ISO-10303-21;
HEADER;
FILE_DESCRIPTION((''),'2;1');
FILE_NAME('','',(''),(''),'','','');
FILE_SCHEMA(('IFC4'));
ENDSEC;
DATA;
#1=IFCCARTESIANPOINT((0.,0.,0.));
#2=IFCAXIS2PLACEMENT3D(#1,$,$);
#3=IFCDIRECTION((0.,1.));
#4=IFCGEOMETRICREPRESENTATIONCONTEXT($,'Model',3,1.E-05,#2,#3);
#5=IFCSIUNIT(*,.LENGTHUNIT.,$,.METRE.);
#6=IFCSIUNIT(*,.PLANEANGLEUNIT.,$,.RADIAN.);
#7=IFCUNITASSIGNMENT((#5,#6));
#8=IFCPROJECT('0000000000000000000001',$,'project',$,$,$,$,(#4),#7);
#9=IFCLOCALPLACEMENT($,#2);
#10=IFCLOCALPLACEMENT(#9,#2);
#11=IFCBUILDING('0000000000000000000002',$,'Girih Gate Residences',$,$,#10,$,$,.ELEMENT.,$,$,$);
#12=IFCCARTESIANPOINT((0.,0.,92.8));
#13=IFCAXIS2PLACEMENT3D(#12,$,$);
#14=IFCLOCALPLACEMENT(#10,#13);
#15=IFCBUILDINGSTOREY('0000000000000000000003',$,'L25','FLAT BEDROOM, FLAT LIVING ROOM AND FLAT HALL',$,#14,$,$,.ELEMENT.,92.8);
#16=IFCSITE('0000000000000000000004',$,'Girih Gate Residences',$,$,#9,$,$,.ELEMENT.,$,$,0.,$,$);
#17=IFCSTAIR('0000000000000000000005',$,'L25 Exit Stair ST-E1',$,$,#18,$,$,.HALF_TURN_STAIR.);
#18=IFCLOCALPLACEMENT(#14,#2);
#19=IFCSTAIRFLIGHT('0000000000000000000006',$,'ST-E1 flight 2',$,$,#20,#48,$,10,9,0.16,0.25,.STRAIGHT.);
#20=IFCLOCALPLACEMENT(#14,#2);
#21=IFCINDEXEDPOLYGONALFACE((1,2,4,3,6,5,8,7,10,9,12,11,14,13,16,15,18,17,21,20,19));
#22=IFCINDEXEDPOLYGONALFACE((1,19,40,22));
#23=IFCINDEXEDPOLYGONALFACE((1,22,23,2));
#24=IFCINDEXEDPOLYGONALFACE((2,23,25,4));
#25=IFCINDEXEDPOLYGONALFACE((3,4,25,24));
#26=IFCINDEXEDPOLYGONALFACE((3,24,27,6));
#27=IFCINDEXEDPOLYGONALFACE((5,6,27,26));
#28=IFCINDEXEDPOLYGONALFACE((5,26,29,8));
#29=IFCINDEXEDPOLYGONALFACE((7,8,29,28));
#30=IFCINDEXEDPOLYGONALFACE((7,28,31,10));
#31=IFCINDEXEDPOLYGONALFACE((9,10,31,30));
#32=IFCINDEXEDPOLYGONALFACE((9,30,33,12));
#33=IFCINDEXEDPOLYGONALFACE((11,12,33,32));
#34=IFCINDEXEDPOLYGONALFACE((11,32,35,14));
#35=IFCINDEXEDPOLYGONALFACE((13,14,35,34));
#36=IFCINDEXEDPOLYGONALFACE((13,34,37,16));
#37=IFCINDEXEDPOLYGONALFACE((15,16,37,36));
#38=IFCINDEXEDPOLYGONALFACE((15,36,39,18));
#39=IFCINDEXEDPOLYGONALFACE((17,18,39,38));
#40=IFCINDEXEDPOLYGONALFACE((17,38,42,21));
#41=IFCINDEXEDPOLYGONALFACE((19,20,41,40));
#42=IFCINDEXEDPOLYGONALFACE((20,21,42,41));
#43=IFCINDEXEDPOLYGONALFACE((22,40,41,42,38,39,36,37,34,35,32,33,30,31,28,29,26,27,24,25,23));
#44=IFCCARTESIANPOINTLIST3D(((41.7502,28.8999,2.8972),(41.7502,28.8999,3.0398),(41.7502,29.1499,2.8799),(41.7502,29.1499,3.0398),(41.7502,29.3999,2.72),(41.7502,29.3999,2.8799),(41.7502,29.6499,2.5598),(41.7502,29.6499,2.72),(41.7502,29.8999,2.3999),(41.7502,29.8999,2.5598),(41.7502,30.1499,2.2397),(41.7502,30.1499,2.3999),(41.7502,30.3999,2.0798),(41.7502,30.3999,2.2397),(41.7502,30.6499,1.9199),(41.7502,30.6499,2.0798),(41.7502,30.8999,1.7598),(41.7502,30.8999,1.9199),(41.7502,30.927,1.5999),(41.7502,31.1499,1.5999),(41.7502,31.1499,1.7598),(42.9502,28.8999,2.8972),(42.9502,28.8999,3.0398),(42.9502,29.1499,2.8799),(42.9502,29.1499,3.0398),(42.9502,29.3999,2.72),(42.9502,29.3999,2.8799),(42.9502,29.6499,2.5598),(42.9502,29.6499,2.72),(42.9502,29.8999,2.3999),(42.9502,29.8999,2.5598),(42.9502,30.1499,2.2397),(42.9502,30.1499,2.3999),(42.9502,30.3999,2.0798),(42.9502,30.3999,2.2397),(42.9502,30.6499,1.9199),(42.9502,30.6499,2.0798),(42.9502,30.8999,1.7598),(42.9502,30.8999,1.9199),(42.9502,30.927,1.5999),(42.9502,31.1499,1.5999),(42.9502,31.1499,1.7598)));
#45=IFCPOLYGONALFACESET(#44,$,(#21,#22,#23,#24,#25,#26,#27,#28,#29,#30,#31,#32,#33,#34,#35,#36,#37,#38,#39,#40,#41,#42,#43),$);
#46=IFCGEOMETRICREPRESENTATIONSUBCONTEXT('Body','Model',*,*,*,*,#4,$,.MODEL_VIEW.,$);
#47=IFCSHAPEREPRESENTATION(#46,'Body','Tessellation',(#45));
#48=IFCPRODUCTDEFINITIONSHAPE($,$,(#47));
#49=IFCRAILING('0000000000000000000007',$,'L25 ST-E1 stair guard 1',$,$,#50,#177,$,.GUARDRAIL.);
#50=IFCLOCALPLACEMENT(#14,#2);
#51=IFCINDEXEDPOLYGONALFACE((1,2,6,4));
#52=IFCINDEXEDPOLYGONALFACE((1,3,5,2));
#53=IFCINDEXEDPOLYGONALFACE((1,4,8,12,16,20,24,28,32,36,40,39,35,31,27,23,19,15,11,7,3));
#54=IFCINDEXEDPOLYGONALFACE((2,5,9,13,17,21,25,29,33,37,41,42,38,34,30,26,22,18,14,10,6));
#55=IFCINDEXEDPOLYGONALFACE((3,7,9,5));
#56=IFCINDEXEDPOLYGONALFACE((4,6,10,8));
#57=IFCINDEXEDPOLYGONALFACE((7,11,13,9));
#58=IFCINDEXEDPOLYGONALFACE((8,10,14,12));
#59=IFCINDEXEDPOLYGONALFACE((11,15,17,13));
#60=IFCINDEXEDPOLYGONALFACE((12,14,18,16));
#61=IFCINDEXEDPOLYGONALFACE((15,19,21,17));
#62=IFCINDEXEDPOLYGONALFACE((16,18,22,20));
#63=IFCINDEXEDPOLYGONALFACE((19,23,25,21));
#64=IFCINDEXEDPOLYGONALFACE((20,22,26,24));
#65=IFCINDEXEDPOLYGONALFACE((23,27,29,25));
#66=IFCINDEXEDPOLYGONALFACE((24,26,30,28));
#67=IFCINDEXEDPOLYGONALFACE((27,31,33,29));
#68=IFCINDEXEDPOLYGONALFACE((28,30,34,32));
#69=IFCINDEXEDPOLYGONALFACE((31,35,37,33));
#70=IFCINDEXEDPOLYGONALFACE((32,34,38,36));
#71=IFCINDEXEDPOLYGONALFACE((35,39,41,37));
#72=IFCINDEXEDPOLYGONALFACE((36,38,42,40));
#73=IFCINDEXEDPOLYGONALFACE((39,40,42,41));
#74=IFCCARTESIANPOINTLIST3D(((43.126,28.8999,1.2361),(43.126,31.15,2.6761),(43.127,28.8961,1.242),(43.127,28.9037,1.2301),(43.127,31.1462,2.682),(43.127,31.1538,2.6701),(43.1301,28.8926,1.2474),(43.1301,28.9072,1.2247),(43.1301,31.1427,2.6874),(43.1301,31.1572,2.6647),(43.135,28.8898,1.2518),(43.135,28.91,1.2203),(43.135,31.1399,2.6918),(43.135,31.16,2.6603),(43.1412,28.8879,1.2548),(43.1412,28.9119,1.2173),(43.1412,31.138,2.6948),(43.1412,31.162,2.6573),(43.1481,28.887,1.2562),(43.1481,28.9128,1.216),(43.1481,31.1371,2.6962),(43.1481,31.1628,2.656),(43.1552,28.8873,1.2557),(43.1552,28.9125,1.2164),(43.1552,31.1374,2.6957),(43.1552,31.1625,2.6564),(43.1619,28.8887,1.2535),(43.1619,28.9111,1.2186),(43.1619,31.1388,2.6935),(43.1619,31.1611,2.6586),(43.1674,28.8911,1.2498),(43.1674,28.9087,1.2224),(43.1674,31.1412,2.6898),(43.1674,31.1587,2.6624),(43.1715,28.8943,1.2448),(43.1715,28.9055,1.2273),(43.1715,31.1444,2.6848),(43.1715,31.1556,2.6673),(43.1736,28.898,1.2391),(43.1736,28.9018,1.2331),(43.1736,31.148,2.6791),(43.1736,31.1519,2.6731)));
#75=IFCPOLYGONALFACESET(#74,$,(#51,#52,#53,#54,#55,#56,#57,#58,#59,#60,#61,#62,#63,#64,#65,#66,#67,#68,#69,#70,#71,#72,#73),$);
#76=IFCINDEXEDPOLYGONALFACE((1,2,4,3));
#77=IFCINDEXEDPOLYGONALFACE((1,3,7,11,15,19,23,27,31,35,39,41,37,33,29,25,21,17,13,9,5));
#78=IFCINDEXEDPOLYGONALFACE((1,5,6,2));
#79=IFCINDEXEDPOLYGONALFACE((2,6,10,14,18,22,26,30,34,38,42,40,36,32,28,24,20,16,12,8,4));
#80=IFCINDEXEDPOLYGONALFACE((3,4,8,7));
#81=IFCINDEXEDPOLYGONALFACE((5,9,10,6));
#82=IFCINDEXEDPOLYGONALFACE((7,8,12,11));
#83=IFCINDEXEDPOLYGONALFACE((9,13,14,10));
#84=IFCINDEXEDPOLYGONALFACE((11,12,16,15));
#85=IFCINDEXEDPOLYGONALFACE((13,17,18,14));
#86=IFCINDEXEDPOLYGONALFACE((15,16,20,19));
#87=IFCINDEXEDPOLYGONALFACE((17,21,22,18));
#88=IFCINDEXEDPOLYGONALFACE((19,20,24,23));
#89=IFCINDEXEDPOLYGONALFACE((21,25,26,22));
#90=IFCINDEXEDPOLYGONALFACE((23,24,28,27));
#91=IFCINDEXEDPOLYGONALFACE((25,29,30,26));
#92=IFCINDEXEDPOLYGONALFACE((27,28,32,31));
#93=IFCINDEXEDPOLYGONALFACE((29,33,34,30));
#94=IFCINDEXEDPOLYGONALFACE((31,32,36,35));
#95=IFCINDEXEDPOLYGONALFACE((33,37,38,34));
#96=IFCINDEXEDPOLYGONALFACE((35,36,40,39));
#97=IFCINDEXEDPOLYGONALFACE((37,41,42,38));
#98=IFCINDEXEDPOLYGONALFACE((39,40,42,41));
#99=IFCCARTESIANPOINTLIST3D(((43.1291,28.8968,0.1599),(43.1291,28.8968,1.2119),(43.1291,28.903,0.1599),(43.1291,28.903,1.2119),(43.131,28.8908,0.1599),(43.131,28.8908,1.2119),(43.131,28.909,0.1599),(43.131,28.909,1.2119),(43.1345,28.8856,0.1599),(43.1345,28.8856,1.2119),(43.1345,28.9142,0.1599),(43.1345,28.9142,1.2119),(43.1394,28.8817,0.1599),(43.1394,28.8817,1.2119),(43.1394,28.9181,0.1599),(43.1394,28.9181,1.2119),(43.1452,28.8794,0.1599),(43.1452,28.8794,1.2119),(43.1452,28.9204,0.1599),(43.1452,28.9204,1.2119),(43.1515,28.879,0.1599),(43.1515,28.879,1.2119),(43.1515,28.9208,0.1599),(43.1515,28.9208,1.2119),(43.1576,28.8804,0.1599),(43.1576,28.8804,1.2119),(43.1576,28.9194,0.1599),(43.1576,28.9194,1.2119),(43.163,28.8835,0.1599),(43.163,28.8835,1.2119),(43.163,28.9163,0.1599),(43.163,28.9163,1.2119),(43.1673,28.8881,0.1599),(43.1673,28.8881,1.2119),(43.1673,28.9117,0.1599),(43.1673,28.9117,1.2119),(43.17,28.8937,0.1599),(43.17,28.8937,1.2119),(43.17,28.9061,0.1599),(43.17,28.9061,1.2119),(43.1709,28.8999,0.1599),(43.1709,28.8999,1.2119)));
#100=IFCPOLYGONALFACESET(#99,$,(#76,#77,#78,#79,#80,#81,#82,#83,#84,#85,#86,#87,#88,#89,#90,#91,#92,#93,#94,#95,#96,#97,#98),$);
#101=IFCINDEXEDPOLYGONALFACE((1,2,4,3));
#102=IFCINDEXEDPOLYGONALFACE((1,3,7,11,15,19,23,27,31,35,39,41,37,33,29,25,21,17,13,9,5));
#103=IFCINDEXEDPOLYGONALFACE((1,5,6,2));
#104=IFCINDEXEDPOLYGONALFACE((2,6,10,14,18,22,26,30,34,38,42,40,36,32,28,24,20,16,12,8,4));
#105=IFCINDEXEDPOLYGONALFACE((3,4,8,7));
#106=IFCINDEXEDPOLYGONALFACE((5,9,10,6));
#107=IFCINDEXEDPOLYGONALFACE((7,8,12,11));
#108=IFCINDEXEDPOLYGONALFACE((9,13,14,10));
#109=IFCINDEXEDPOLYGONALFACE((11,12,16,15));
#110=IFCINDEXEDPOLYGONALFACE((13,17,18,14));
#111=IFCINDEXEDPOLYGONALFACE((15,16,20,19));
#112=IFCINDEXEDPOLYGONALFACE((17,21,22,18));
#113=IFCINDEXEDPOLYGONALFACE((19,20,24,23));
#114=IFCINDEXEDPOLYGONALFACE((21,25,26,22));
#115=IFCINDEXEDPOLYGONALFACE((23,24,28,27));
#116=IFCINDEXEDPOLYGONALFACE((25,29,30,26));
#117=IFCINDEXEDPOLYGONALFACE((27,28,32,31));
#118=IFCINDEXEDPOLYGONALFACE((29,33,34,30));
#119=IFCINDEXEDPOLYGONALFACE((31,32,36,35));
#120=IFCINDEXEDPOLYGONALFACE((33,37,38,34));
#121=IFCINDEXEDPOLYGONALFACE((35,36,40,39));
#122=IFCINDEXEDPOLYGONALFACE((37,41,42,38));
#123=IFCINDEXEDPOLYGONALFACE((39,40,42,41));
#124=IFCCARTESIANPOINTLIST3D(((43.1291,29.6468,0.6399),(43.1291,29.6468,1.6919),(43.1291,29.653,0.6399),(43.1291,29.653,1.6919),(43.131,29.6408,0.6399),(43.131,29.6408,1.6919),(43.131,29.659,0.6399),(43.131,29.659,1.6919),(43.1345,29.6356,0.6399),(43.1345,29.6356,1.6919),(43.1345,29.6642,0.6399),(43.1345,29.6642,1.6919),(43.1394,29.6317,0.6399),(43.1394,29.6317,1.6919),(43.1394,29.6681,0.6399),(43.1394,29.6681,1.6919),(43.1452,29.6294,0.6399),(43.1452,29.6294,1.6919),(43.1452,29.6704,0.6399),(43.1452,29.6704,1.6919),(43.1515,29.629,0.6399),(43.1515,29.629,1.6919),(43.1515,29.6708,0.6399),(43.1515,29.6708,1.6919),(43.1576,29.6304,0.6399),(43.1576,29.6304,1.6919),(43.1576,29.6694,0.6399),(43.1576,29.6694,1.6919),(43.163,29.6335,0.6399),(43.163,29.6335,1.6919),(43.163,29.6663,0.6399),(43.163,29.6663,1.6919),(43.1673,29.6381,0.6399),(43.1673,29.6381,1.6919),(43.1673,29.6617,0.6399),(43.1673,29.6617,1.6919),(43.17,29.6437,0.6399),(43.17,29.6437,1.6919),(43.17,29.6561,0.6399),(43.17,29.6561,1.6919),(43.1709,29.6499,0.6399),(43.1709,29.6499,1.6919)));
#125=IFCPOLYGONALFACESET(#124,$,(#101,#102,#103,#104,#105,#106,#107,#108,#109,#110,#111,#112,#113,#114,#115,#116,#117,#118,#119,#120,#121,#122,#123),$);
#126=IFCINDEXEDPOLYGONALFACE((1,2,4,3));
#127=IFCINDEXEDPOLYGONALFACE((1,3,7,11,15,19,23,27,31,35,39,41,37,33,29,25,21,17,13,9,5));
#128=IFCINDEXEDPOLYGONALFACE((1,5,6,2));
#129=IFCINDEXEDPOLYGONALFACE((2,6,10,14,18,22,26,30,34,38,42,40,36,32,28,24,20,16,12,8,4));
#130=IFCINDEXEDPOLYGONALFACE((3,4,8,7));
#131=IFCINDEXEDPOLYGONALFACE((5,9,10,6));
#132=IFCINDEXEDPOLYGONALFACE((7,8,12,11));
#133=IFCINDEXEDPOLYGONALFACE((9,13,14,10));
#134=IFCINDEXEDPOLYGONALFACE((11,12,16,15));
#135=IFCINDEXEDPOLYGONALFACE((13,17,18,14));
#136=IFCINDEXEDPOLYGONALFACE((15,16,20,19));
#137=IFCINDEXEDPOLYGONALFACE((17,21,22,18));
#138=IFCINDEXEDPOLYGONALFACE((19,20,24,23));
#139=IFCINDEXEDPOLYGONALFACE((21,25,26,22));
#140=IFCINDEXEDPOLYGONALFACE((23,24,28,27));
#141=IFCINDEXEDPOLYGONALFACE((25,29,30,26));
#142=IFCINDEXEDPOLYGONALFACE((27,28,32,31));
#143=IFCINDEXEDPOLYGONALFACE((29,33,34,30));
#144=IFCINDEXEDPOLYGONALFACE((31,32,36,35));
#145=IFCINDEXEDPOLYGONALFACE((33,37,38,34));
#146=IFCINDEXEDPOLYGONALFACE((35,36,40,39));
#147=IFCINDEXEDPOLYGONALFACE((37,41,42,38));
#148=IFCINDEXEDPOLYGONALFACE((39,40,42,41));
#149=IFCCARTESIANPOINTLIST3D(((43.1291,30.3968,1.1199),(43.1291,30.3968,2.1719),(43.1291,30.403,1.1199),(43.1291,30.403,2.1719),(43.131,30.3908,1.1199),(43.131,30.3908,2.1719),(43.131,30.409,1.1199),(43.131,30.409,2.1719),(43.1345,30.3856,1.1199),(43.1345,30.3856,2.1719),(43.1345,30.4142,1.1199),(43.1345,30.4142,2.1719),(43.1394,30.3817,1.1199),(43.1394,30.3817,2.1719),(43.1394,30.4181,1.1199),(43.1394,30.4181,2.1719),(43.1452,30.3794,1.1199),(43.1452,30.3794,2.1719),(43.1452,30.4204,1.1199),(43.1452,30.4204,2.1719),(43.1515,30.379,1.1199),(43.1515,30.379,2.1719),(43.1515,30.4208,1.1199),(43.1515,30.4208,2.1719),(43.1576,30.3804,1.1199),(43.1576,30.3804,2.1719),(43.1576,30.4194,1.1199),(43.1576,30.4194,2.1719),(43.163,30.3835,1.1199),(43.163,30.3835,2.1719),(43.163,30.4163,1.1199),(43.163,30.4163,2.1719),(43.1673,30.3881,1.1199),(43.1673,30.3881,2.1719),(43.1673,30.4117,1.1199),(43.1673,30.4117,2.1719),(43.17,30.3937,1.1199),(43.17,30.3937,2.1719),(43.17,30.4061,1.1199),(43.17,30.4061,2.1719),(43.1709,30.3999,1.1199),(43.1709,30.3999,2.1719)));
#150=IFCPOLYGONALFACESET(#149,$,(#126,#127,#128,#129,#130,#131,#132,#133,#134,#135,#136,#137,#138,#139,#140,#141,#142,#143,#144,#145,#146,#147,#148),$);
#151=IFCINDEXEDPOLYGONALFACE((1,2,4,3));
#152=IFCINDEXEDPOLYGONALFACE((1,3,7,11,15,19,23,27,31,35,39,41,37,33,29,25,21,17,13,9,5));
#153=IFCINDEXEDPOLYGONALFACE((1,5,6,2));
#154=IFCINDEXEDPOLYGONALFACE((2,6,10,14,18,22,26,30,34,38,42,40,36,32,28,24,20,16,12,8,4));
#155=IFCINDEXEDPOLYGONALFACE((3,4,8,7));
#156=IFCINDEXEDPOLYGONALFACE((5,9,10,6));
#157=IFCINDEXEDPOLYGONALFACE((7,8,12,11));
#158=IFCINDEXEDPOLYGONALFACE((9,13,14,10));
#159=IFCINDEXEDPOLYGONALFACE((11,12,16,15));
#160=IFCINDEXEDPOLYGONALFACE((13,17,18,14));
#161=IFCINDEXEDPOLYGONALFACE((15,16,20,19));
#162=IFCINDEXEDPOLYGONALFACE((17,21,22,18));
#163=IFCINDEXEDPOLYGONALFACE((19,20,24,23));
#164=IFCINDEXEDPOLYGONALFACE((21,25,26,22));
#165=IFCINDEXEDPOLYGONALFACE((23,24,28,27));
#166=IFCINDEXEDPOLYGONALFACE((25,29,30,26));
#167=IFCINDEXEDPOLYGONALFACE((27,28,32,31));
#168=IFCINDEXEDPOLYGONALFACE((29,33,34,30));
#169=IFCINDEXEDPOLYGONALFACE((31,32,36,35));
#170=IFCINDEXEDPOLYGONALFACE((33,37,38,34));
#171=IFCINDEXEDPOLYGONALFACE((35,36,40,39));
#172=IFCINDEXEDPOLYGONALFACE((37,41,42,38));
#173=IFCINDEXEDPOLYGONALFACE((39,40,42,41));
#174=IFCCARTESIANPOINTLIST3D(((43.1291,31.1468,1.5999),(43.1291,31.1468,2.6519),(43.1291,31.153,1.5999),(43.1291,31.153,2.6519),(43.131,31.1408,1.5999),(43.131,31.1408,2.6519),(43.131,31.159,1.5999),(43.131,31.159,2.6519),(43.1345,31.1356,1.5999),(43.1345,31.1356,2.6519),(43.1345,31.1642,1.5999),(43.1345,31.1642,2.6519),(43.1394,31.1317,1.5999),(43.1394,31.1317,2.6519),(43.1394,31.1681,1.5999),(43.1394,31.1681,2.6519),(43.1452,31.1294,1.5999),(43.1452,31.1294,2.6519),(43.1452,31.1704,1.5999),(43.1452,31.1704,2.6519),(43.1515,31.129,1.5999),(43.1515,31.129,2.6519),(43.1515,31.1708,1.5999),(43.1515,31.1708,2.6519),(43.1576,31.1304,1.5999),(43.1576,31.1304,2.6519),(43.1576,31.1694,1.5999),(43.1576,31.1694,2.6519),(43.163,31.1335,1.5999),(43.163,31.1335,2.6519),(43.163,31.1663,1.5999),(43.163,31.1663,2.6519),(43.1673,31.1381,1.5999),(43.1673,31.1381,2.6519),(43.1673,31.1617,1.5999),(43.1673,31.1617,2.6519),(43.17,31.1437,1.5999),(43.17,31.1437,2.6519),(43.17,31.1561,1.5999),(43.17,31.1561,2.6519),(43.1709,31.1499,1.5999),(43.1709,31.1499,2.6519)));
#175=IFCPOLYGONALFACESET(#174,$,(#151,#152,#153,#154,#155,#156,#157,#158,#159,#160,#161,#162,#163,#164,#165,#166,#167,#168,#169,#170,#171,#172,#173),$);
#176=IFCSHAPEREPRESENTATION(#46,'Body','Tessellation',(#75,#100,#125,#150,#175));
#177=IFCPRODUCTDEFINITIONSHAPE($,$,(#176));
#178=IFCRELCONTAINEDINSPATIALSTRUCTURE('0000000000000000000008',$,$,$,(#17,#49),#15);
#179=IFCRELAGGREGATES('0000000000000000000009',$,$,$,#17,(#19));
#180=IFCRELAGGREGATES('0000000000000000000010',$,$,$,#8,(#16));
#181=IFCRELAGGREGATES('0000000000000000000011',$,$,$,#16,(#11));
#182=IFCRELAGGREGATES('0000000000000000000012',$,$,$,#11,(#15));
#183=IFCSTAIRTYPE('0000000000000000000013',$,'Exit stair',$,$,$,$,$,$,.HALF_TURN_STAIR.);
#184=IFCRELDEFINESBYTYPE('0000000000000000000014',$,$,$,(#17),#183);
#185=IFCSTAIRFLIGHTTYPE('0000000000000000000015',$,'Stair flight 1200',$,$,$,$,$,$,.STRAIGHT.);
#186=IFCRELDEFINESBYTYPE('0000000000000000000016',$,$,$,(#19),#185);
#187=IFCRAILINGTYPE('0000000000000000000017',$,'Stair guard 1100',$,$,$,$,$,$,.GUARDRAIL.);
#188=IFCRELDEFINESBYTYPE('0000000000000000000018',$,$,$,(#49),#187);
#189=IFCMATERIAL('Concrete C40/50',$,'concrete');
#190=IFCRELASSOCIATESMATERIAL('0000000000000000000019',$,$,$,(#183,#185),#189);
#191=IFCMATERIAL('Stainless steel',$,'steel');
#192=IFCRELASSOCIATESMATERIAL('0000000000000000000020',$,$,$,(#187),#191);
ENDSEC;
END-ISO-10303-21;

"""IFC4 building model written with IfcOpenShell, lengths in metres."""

from ifc_helpers import new_model, si_unit, direction, frame, origin, origin_2d, place, context, subcontext, project, spatial, polyline, circle, outline, extrude, material, type_object, element, aggregate, save


model = new_model("IFC4")

# Units and contexts
model_context = context("Model", 3, precision=1e-05, world=origin(), true_north=direction((0.0, 1.0)))
body_context = subcontext(model_context, "Body", "Model", "MODEL_VIEW")
ifc_project = project(units=[si_unit("LENGTHUNIT", "METRE"), si_unit("PLANEANGLEUNIT", "RADIAN")], contexts=[model_context])

# Site, building, storey
site_placement = place(None, origin())
site = spatial("IfcSite", under=ifc_project, at=site_placement, Name="Girih Gate Residences", CompositionType="ELEMENT", RefElevation=0.0)
building_placement = place(site_placement, origin())
building = spatial("IfcBuilding", under=site, at=building_placement, Name="Girih Gate Residences", CompositionType="ELEMENT")
storey_placement = place(building_placement, frame((0.0, 0.0, 92.8)))
storey = spatial("IfcBuildingStorey", under=building, at=storey_placement, Name="L25", Description="FLAT BEDROOM, FLAT LIVING ROOM AND FLAT HALL", CompositionType="ELEMENT", Elevation=92.8)

# Shared definitions
ifc_material_1 = material(Name="Concrete C40/50", Category="concrete")

# Stair, stair flight
stair_type = type_object("IfcStairType", Name="Exit stair", PredefinedType="HALF_TURN_STAIR", material=ifc_material_1)
stair_placement = place(storey_placement, origin())
stair = element("IfcStair", 1, at=stair_placement, inside=storey, type_object=stair_type, Name="L25 Exit Stair ST-E1", PredefinedType="HALF_TURN_STAIR")
stair_flight_type = type_object("IfcStairFlightType", Name="Stair flight 1200", PredefinedType="STRAIGHT", material=ifc_material_1)
stair_flight_1_placement = place(storey_placement, frame((42.3501, 31.1499, 1.5999), z_axis=(0.0, 0.0, 1.0), x_axis=(0.0, -1.0, 0.0)))
stair_flight_1 = element("IfcStairFlight", 2, at=stair_flight_1_placement, type_object=stair_flight_type, Name="ST-E1 flight 2", NumberOfRisers=10, NumberOfTreads=9, PredefinedType="STRAIGHT", RiserHeight=0.16, TreadLength=0.25, context=body_context, shape_type="SweptSolid", body=[
    extrude(outline(polyline([(0.0, 0.0), (0.0, 0.1599), (0.25, 0.1599), (0.25, 0.3201), (0.5, 0.3201), (0.5, 0.48), (0.75, 0.48), (0.75, 0.6399), (1.0, 0.6399), (1.0, 0.8), (1.25, 0.8), (1.25, 0.96), (1.5, 0.96), (1.5, 1.1201), (1.75, 1.1201), (1.75, 1.28), (2.0, 1.28), (2.0, 1.4399), (2.25, 1.4399), (2.25, 1.6001), (2.25, 1.2974), (0.2229, 0.0), (0.0, 0.0)])), frame((0.0, 0.6001, 0.0), z_axis=(0.0, -1.0, 0.0), x_axis=(1.0, 0.0, 0.0)), (0.0, 0.0, 1.0), 1.2),
])
aggregate(stair, [stair_flight_1])

# Railing
ifc_material_2 = material(Name="Stainless steel", Category="steel")
railing_type_1 = type_object("IfcRailingType", Name="Stair guard 1100", PredefinedType="GUARDRAIL", material=ifc_material_2)
railing_1_placement = place(storey_placement, frame((43.1499, 28.8999, 0.1599)))
element("IfcRailing", 3, at=railing_1_placement, inside=storey, type_object=railing_type_1, Name="L25 ST-E1 stair guard 1", PredefinedType="GUARDRAIL", context=body_context, shape_type="SweptSolid", body=[
    extrude(circle(Radius=0.0239, at=origin_2d()), frame((0.0, 0.0, 1.0762), z_axis=(0.0, 0.842281, 0.539038), x_axis=(-1.0, 0.0, 0.0)), (0.0, 0.0, 1.0), 2.6714),
    extrude(circle(Radius=0.021, at=origin_2d()), origin(), (0.0, 0.0, 1.0), 1.052),
    extrude(circle(Radius=0.021, at=origin_2d()), frame((0.0, 0.75, 0.48)), (0.0, 0.0, 1.0), 1.052),
    extrude(circle(Radius=0.021, at=origin_2d()), frame((0.0, 1.5, 0.96)), (0.0, 0.0, 1.0), 1.052),
    extrude(circle(Radius=0.021, at=origin_2d()), frame((0.0, 2.25, 1.4399)), (0.0, 0.0, 1.0), 1.052),
])

save(model, "model.ifc")
